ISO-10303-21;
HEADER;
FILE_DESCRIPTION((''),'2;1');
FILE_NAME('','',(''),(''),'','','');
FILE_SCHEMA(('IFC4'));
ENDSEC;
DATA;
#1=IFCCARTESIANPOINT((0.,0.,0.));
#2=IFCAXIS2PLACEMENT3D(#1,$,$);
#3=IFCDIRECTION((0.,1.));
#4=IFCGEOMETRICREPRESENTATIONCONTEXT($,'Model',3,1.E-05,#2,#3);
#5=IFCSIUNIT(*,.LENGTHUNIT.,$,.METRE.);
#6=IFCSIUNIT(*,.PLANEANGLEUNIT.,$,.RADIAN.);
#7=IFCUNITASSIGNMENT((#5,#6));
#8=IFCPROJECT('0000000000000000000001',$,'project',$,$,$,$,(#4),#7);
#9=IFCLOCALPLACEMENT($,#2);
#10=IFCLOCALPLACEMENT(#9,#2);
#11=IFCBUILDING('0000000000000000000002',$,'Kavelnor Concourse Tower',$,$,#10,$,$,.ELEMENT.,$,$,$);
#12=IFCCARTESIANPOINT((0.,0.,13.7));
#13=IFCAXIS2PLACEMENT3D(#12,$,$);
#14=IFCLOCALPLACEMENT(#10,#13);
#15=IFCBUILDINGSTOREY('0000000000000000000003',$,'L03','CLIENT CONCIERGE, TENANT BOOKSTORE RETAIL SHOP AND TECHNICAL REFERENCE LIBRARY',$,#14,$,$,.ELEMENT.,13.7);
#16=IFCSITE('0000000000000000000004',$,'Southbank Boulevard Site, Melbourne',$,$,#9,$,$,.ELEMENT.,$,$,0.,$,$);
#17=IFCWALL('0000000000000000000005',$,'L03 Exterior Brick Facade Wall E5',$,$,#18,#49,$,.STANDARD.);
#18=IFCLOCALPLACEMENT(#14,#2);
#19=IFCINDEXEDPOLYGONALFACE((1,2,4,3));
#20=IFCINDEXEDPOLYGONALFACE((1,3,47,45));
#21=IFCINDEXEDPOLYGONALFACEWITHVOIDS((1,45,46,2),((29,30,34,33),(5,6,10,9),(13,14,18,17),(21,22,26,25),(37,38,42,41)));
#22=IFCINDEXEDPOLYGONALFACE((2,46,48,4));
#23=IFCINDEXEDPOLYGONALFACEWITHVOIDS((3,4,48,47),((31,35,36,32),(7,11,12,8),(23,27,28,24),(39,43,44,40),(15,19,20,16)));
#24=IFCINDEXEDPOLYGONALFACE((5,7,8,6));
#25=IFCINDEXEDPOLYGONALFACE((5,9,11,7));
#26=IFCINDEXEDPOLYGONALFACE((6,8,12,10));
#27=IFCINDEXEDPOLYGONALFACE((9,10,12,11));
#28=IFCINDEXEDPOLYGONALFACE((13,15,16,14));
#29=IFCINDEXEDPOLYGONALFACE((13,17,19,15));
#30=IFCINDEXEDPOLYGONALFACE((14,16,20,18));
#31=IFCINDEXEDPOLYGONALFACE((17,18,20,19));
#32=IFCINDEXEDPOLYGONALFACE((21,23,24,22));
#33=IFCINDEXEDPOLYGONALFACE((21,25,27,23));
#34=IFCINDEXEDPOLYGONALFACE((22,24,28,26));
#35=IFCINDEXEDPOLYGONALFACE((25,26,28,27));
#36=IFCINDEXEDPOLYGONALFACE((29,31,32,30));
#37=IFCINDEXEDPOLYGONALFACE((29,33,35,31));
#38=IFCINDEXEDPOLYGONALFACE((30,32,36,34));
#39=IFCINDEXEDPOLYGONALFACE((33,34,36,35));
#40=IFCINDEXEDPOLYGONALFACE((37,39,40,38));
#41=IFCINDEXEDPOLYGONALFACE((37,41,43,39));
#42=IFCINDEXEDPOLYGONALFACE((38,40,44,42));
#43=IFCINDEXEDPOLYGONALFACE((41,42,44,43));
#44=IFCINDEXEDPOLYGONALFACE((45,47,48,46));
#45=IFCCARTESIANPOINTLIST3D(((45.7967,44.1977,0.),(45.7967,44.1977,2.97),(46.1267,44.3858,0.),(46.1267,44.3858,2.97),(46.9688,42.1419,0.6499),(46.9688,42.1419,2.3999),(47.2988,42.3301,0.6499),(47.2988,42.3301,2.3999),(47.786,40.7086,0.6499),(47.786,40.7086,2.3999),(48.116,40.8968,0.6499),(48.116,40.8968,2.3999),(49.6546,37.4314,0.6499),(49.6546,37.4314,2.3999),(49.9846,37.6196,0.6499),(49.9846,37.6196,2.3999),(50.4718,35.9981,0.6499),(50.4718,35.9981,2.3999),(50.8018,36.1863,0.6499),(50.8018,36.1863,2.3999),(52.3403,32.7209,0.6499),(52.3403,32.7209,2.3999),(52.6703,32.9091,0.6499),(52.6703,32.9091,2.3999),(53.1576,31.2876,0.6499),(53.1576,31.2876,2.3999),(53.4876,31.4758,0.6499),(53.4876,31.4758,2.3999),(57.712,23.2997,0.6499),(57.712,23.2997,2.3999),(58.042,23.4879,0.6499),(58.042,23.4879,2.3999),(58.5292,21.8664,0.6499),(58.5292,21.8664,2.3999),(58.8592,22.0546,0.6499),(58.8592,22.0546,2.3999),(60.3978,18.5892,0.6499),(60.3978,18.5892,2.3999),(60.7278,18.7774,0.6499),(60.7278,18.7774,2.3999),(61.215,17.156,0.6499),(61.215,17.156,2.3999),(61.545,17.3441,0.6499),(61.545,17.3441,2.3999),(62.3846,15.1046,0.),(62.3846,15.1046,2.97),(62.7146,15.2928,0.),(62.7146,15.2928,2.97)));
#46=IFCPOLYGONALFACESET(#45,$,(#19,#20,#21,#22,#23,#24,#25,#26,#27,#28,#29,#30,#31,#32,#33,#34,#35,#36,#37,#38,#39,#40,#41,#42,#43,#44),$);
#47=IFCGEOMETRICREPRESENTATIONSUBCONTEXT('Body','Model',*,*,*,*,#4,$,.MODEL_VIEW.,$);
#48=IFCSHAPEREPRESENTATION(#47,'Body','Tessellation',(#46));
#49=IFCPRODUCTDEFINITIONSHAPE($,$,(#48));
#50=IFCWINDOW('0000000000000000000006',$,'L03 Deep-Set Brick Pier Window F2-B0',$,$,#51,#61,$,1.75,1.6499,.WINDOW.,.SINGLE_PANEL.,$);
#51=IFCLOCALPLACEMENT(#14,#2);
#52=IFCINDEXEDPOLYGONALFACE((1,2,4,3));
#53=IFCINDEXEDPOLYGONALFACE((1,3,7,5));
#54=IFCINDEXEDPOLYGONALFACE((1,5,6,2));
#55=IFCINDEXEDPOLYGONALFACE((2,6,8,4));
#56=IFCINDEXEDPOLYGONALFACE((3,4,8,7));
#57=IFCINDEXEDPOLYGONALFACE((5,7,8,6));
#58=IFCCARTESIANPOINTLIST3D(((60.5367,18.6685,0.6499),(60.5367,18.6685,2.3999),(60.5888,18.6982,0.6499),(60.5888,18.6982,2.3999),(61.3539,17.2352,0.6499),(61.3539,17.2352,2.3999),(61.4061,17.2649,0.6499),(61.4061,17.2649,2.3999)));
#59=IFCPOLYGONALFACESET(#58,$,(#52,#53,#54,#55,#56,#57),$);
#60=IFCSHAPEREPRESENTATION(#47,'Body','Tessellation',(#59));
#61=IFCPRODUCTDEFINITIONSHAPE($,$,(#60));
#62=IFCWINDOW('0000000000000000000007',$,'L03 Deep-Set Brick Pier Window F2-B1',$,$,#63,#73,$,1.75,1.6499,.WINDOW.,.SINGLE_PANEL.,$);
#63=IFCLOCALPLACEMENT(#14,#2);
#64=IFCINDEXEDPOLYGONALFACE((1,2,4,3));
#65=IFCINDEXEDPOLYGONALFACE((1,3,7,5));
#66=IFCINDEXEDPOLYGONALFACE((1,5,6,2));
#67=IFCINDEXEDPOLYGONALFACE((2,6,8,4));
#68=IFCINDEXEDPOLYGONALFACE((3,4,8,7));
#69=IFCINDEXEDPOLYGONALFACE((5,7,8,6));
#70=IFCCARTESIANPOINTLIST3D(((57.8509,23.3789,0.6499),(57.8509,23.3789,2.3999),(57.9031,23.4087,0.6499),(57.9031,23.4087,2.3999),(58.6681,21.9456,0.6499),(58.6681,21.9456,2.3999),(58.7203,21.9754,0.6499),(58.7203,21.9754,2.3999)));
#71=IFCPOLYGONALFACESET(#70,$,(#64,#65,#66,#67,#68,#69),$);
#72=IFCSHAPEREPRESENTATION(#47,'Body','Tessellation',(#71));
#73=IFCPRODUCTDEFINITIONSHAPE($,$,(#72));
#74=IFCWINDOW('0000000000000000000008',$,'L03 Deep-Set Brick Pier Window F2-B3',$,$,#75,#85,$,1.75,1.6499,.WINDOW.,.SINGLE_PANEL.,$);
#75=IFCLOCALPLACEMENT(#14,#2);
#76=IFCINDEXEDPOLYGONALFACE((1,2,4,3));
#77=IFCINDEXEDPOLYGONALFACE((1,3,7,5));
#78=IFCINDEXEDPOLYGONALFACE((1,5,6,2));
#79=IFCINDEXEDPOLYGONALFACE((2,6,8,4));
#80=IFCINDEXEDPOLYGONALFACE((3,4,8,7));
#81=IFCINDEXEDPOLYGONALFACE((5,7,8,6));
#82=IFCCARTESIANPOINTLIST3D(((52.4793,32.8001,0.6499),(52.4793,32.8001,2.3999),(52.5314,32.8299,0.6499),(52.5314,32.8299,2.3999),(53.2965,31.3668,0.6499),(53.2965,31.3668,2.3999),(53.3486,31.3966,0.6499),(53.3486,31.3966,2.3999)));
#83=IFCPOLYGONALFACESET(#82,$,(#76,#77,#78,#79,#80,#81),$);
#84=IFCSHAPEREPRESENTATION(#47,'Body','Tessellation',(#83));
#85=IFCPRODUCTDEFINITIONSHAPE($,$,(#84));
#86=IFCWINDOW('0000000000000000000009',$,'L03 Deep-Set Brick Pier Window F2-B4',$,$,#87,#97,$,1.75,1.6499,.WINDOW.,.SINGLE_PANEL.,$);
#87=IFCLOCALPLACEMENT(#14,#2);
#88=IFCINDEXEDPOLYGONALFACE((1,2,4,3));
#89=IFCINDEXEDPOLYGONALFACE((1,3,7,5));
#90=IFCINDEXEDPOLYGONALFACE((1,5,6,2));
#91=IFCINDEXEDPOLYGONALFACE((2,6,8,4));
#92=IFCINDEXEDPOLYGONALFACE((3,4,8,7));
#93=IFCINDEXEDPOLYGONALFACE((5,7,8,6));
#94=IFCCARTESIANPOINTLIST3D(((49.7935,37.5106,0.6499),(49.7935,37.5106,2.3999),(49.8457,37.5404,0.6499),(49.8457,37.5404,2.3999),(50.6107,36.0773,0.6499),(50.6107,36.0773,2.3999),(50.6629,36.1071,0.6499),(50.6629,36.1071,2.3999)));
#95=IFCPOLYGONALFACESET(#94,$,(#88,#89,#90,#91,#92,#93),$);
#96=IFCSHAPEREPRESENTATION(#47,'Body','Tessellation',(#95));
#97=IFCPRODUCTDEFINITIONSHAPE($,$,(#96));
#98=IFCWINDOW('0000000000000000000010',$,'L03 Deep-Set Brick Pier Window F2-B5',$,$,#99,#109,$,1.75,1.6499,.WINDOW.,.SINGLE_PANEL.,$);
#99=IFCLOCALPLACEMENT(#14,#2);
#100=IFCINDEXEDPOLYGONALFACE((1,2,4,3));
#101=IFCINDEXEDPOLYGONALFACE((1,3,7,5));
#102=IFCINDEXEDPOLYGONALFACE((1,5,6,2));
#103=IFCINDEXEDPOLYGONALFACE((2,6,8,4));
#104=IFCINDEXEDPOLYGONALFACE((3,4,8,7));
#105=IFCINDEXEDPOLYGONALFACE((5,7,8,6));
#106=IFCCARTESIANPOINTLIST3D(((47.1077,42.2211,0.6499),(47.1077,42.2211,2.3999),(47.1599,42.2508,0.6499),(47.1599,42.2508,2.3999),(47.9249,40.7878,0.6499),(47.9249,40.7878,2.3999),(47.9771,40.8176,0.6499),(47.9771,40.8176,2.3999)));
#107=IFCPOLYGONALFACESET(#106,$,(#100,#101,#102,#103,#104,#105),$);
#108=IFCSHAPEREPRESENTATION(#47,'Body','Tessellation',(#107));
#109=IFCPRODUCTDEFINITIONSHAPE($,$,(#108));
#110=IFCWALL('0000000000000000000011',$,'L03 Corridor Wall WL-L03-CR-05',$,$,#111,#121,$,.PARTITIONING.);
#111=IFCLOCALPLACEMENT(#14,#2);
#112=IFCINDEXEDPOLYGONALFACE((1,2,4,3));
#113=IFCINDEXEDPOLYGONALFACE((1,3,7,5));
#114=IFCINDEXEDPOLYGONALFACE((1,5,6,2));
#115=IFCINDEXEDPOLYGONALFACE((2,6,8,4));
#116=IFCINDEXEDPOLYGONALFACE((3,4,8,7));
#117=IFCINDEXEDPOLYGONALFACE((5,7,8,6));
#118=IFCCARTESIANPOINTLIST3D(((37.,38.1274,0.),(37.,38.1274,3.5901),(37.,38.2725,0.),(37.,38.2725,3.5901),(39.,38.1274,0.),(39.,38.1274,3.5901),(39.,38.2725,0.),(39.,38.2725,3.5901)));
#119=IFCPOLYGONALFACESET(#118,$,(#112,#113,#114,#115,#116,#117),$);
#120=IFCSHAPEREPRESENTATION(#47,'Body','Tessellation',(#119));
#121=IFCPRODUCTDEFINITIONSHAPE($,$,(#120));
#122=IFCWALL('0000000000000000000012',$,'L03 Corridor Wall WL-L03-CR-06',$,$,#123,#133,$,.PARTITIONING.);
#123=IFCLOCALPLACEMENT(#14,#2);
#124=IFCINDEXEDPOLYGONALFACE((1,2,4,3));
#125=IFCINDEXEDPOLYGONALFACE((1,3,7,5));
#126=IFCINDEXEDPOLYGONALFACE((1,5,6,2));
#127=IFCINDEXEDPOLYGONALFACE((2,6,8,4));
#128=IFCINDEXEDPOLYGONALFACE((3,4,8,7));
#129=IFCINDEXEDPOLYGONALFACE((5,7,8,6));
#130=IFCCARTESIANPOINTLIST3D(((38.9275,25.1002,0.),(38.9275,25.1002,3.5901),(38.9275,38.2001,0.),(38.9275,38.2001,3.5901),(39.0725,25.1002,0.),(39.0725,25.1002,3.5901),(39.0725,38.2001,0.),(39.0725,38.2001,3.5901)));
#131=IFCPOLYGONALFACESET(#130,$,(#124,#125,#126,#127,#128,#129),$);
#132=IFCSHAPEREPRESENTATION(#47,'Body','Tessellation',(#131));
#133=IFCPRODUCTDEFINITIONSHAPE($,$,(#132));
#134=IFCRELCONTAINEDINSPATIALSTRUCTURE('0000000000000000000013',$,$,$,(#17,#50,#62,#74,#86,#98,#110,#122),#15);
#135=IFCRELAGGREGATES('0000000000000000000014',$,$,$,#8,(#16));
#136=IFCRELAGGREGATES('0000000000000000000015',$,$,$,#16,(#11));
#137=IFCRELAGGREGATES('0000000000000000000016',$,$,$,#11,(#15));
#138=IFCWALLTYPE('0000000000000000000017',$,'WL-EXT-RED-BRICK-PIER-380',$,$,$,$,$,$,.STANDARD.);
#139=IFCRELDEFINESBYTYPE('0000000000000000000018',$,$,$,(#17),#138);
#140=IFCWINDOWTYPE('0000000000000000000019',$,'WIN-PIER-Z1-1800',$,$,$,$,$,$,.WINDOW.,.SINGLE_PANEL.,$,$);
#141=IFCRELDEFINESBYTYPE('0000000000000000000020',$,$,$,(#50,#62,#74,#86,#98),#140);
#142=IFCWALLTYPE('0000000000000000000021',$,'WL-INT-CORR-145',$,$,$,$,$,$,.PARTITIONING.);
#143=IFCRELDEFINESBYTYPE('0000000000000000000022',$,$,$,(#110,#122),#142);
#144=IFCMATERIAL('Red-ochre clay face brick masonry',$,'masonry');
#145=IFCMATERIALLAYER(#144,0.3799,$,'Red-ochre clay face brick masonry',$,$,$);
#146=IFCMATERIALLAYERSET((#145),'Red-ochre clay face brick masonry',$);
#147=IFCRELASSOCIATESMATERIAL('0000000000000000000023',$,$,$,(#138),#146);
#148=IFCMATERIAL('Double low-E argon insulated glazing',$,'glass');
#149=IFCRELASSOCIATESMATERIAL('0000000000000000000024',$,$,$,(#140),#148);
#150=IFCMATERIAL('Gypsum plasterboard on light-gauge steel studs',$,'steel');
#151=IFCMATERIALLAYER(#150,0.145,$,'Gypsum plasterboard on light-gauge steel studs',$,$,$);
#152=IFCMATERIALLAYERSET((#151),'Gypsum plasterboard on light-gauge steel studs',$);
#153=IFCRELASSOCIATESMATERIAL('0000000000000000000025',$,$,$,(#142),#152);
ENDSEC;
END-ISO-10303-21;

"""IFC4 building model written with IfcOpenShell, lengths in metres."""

from ifc_helpers import new_model, si_unit, direction, frame, frame_2d, origin, place, context, subcontext, project, spatial, rectangle, extrude, material, layer, layer_set, type_object, element, fill, save


model = new_model("IFC4")

# Units and contexts
model_context = context("Model", 3, precision=1e-05, world=origin(), true_north=direction((0.0, 1.0)))
body_context = subcontext(model_context, "Body", "Model", "MODEL_VIEW")
ifc_project = project(units=[si_unit("LENGTHUNIT", "METRE"), si_unit("PLANEANGLEUNIT", "RADIAN")], contexts=[model_context])

# Site, building, storey
site_placement = place(None, origin())
site = spatial("IfcSite", under=ifc_project, at=site_placement, Name="Southbank Boulevard Site, Melbourne", CompositionType="ELEMENT", RefElevation=0.0)
building_placement = place(site_placement, origin())
building = spatial("IfcBuilding", under=site, at=building_placement, Name="Kavelnor Concourse Tower", CompositionType="ELEMENT")
storey_placement = place(building_placement, frame((0.0, 0.0, 13.7)))
storey = spatial("IfcBuildingStorey", under=building, at=storey_placement, Name="L03", Description="CLIENT CONCIERGE, TENANT BOOKSTORE RETAIL SHOP AND TECHNICAL REFERENCE LIBRARY", CompositionType="ELEMENT", Elevation=13.7)

# Wall, openings, windows
ifc_material_1 = material(Name="Red-ochre clay face brick masonry", Category="masonry")
ifc_layer_1 = layer(ifc_material_1, 0.3799, Name="Red-ochre clay face brick masonry")
ifc_layer_set_1 = layer_set([ifc_layer_1], Name="Red-ochre clay face brick masonry")
wall_type_1 = type_object("IfcWallType", Name="WL-EXT-RED-BRICK-PIER-380", PredefinedType="STANDARD", material=ifc_layer_set_1)
wall_1_placement = place(storey_placement, frame((45.9617, 44.2917, 0.0), z_axis=(0.0, 0.0, 1.0), x_axis=(0.495313, -0.868715, 0.0)))
wall_1 = element("IfcWall", 1, at=wall_1_placement, inside=storey, type_object=wall_type_1, Name="L03 Exterior Brick Facade Wall E5", PredefinedType="STANDARD", context=body_context, shape_type="SweptSolid", body=[
    extrude(rectangle(XDim=33.4897, YDim=0.3799, at=frame_2d((16.7449, 0.0))), origin(), (0.0, 0.0, 1.0), 2.97),
])
opening_1_placement = place(wall_1_placement, frame((29.4785, 0.0, 0.6499)))
opening_1 = element("IfcOpeningElement", 2, at=opening_1_placement, cuts=wall_1, PredefinedType="OPENING", context=body_context, shape_type="SweptSolid", body=[
    extrude(rectangle(XDim=1.6499, YDim=1.75, at=frame_2d((0.825, 0.875))), frame((0.0, 0.2, 0.0), z_axis=(0.0, -1.0, 0.0), x_axis=(1.0, 0.0, 0.0)), (0.0, 0.0, 1.0), 0.3999),
])
opening_2_placement = place(wall_1_placement, frame((24.0562, 0.0, 0.6499)))
opening_2 = element("IfcOpeningElement", 3, at=opening_2_placement, cuts=wall_1, PredefinedType="OPENING", context=body_context, shape_type="SweptSolid", body=[
    extrude(rectangle(XDim=1.6499, YDim=1.75, at=frame_2d((0.825, 0.875))), frame((0.0, 0.2, 0.0), z_axis=(0.0, -1.0, 0.0), x_axis=(1.0, 0.0, 0.0)), (0.0, 0.0, 1.0), 0.3999),
])
opening_3_placement = place(wall_1_placement, frame((13.2112, 0.0, 0.6499)))
opening_3 = element("IfcOpeningElement", 4, at=opening_3_placement, cuts=wall_1, PredefinedType="OPENING", context=body_context, shape_type="SweptSolid", body=[
    extrude(rectangle(XDim=1.6499, YDim=1.75, at=frame_2d((0.825, 0.875))), frame((0.0, 0.2, 0.0), z_axis=(0.0, -1.0, 0.0), x_axis=(1.0, 0.0, 0.0)), (0.0, 0.0, 1.0), 0.3999),
])
opening_4_placement = place(wall_1_placement, frame((7.7888, 0.0, 0.6499)))
opening_4 = element("IfcOpeningElement", 5, at=opening_4_placement, cuts=wall_1, PredefinedType="OPENING", context=body_context, shape_type="SweptSolid", body=[
    extrude(rectangle(XDim=1.6499, YDim=1.75, at=frame_2d((0.825, 0.875))), frame((0.0, 0.2, 0.0), z_axis=(0.0, -1.0, 0.0), x_axis=(1.0, 0.0, 0.0)), (0.0, 0.0, 1.0), 0.3999),
])
opening_5_placement = place(wall_1_placement, frame((2.3665, 0.0, 0.6499)))
opening_5 = element("IfcOpeningElement", 6, at=opening_5_placement, cuts=wall_1, PredefinedType="OPENING", context=body_context, shape_type="SweptSolid", body=[
    extrude(rectangle(XDim=1.6499, YDim=1.75, at=frame_2d((0.825, 0.875))), frame((0.0, 0.2, 0.0), z_axis=(0.0, -1.0, 0.0), x_axis=(1.0, 0.0, 0.0)), (0.0, 0.0, 1.0), 0.3999),
])
ifc_material_2 = material(Name="Double low-E argon insulated glazing", Category="glass")
window_type = type_object("IfcWindowType", Name="WIN-PIER-Z1-1800", PartitioningType="SINGLE_PANEL", PredefinedType="WINDOW", material=ifc_material_2)
window_1_placement = place(opening_1_placement, origin())
window_1 = element("IfcWindow", 7, at=window_1_placement, inside=storey, type_object=window_type, Name="L03 Deep-Set Brick Pier Window F2-B0", OverallHeight=1.75, OverallWidth=1.6499, PartitioningType="SINGLE_PANEL", PredefinedType="WINDOW", context=body_context, shape_type="SweptSolid", body=[
    extrude(rectangle(XDim=1.6499, YDim=1.75, at=frame_2d((0.825, 0.875))), frame((0.0, 0.03, 0.0), z_axis=(0.0, -1.0, 0.0), x_axis=(1.0, 0.0, 0.0)), (0.0, 0.0, 1.0), 0.0601),
])
fill(opening_1, window_1)
window_2_placement = place(opening_2_placement, origin())
window_2 = element("IfcWindow", 8, at=window_2_placement, inside=storey, type_object=window_type, Name="L03 Deep-Set Brick Pier Window F2-B1", OverallHeight=1.75, OverallWidth=1.6499, PartitioningType="SINGLE_PANEL", PredefinedType="WINDOW", context=body_context, shape_type="SweptSolid", body=[
    extrude(rectangle(XDim=1.6499, YDim=1.75, at=frame_2d((0.825, 0.875))), frame((0.0, 0.03, 0.0), z_axis=(0.0, -1.0, 0.0), x_axis=(1.0, 0.0, 0.0)), (0.0, 0.0, 1.0), 0.0601),
])
fill(opening_2, window_2)
window_3_placement = place(opening_3_placement, origin())
window_3 = element("IfcWindow", 9, at=window_3_placement, inside=storey, type_object=window_type, Name="L03 Deep-Set Brick Pier Window F2-B3", OverallHeight=1.75, OverallWidth=1.6499, PartitioningType="SINGLE_PANEL", PredefinedType="WINDOW", context=body_context, shape_type="SweptSolid", body=[
    extrude(rectangle(XDim=1.6499, YDim=1.75, at=frame_2d((0.825, 0.875))), frame((0.0, 0.03, 0.0), z_axis=(0.0, -1.0, 0.0), x_axis=(1.0, 0.0, 0.0)), (0.0, 0.0, 1.0), 0.0601),
])
fill(opening_3, window_3)
window_4_placement = place(opening_4_placement, origin())
window_4 = element("IfcWindow", 10, at=window_4_placement, inside=storey, type_object=window_type, Name="L03 Deep-Set Brick Pier Window F2-B4", OverallHeight=1.75, OverallWidth=1.6499, PartitioningType="SINGLE_PANEL", PredefinedType="WINDOW", context=body_context, shape_type="SweptSolid", body=[
    extrude(rectangle(XDim=1.6499, YDim=1.75, at=frame_2d((0.825, 0.875))), frame((0.0, 0.03, 0.0), z_axis=(0.0, -1.0, 0.0), x_axis=(1.0, 0.0, 0.0)), (0.0, 0.0, 1.0), 0.0601),
])
fill(opening_4, window_4)
window_5_placement = place(opening_5_placement, origin())
window_5 = element("IfcWindow", 11, at=window_5_placement, inside=storey, type_object=window_type, Name="L03 Deep-Set Brick Pier Window F2-B5", OverallHeight=1.75, OverallWidth=1.6499, PartitioningType="SINGLE_PANEL", PredefinedType="WINDOW", context=body_context, shape_type="SweptSolid", body=[
    extrude(rectangle(XDim=1.6499, YDim=1.75, at=frame_2d((0.825, 0.875))), frame((0.0, 0.03, 0.0), z_axis=(0.0, -1.0, 0.0), x_axis=(1.0, 0.0, 0.0)), (0.0, 0.0, 1.0), 0.0601),
])
fill(opening_5, window_5)

# Walls
ifc_material_3 = material(Name="Gypsum plasterboard on light-gauge steel studs", Category="steel")
ifc_layer_2 = layer(ifc_material_3, 0.145, Name="Gypsum plasterboard on light-gauge steel studs")
ifc_layer_set_2 = layer_set([ifc_layer_2], Name="Gypsum plasterboard on light-gauge steel studs")
wall_type_2 = type_object("IfcWallType", Name="WL-INT-CORR-145", PredefinedType="PARTITIONING", material=ifc_layer_set_2)
wall_2_placement = place(storey_placement, frame((37.0, 38.2, 0.0), z_axis=(0.0, 0.0, 1.0), x_axis=(1.0, 0.0, 0.0)))
element("IfcWall", 12, at=wall_2_placement, inside=storey, type_object=wall_type_2, Name="L03 Corridor Wall WL-L03-CR-05", PredefinedType="PARTITIONING", context=body_context, shape_type="SweptSolid", body=[
    extrude(rectangle(XDim=2.0, YDim=0.145, at=frame_2d((1.0, 0.0))), origin(), (0.0, 0.0, 1.0), 3.5901),
])
wall_3_placement = place(storey_placement, frame((39.0, 38.2, 0.0), z_axis=(0.0, 0.0, 1.0), x_axis=(0.0, -1.0, 0.0)))
element("IfcWall", 13, at=wall_3_placement, inside=storey, type_object=wall_type_2, Name="L03 Corridor Wall WL-L03-CR-06", PredefinedType="PARTITIONING", context=body_context, shape_type="SweptSolid", body=[
    extrude(rectangle(XDim=13.0999, YDim=0.145, at=frame_2d((6.5498, 0.0))), origin(), (0.0, 0.0, 1.0), 3.5901),
])

save(model, "model.ifc")
